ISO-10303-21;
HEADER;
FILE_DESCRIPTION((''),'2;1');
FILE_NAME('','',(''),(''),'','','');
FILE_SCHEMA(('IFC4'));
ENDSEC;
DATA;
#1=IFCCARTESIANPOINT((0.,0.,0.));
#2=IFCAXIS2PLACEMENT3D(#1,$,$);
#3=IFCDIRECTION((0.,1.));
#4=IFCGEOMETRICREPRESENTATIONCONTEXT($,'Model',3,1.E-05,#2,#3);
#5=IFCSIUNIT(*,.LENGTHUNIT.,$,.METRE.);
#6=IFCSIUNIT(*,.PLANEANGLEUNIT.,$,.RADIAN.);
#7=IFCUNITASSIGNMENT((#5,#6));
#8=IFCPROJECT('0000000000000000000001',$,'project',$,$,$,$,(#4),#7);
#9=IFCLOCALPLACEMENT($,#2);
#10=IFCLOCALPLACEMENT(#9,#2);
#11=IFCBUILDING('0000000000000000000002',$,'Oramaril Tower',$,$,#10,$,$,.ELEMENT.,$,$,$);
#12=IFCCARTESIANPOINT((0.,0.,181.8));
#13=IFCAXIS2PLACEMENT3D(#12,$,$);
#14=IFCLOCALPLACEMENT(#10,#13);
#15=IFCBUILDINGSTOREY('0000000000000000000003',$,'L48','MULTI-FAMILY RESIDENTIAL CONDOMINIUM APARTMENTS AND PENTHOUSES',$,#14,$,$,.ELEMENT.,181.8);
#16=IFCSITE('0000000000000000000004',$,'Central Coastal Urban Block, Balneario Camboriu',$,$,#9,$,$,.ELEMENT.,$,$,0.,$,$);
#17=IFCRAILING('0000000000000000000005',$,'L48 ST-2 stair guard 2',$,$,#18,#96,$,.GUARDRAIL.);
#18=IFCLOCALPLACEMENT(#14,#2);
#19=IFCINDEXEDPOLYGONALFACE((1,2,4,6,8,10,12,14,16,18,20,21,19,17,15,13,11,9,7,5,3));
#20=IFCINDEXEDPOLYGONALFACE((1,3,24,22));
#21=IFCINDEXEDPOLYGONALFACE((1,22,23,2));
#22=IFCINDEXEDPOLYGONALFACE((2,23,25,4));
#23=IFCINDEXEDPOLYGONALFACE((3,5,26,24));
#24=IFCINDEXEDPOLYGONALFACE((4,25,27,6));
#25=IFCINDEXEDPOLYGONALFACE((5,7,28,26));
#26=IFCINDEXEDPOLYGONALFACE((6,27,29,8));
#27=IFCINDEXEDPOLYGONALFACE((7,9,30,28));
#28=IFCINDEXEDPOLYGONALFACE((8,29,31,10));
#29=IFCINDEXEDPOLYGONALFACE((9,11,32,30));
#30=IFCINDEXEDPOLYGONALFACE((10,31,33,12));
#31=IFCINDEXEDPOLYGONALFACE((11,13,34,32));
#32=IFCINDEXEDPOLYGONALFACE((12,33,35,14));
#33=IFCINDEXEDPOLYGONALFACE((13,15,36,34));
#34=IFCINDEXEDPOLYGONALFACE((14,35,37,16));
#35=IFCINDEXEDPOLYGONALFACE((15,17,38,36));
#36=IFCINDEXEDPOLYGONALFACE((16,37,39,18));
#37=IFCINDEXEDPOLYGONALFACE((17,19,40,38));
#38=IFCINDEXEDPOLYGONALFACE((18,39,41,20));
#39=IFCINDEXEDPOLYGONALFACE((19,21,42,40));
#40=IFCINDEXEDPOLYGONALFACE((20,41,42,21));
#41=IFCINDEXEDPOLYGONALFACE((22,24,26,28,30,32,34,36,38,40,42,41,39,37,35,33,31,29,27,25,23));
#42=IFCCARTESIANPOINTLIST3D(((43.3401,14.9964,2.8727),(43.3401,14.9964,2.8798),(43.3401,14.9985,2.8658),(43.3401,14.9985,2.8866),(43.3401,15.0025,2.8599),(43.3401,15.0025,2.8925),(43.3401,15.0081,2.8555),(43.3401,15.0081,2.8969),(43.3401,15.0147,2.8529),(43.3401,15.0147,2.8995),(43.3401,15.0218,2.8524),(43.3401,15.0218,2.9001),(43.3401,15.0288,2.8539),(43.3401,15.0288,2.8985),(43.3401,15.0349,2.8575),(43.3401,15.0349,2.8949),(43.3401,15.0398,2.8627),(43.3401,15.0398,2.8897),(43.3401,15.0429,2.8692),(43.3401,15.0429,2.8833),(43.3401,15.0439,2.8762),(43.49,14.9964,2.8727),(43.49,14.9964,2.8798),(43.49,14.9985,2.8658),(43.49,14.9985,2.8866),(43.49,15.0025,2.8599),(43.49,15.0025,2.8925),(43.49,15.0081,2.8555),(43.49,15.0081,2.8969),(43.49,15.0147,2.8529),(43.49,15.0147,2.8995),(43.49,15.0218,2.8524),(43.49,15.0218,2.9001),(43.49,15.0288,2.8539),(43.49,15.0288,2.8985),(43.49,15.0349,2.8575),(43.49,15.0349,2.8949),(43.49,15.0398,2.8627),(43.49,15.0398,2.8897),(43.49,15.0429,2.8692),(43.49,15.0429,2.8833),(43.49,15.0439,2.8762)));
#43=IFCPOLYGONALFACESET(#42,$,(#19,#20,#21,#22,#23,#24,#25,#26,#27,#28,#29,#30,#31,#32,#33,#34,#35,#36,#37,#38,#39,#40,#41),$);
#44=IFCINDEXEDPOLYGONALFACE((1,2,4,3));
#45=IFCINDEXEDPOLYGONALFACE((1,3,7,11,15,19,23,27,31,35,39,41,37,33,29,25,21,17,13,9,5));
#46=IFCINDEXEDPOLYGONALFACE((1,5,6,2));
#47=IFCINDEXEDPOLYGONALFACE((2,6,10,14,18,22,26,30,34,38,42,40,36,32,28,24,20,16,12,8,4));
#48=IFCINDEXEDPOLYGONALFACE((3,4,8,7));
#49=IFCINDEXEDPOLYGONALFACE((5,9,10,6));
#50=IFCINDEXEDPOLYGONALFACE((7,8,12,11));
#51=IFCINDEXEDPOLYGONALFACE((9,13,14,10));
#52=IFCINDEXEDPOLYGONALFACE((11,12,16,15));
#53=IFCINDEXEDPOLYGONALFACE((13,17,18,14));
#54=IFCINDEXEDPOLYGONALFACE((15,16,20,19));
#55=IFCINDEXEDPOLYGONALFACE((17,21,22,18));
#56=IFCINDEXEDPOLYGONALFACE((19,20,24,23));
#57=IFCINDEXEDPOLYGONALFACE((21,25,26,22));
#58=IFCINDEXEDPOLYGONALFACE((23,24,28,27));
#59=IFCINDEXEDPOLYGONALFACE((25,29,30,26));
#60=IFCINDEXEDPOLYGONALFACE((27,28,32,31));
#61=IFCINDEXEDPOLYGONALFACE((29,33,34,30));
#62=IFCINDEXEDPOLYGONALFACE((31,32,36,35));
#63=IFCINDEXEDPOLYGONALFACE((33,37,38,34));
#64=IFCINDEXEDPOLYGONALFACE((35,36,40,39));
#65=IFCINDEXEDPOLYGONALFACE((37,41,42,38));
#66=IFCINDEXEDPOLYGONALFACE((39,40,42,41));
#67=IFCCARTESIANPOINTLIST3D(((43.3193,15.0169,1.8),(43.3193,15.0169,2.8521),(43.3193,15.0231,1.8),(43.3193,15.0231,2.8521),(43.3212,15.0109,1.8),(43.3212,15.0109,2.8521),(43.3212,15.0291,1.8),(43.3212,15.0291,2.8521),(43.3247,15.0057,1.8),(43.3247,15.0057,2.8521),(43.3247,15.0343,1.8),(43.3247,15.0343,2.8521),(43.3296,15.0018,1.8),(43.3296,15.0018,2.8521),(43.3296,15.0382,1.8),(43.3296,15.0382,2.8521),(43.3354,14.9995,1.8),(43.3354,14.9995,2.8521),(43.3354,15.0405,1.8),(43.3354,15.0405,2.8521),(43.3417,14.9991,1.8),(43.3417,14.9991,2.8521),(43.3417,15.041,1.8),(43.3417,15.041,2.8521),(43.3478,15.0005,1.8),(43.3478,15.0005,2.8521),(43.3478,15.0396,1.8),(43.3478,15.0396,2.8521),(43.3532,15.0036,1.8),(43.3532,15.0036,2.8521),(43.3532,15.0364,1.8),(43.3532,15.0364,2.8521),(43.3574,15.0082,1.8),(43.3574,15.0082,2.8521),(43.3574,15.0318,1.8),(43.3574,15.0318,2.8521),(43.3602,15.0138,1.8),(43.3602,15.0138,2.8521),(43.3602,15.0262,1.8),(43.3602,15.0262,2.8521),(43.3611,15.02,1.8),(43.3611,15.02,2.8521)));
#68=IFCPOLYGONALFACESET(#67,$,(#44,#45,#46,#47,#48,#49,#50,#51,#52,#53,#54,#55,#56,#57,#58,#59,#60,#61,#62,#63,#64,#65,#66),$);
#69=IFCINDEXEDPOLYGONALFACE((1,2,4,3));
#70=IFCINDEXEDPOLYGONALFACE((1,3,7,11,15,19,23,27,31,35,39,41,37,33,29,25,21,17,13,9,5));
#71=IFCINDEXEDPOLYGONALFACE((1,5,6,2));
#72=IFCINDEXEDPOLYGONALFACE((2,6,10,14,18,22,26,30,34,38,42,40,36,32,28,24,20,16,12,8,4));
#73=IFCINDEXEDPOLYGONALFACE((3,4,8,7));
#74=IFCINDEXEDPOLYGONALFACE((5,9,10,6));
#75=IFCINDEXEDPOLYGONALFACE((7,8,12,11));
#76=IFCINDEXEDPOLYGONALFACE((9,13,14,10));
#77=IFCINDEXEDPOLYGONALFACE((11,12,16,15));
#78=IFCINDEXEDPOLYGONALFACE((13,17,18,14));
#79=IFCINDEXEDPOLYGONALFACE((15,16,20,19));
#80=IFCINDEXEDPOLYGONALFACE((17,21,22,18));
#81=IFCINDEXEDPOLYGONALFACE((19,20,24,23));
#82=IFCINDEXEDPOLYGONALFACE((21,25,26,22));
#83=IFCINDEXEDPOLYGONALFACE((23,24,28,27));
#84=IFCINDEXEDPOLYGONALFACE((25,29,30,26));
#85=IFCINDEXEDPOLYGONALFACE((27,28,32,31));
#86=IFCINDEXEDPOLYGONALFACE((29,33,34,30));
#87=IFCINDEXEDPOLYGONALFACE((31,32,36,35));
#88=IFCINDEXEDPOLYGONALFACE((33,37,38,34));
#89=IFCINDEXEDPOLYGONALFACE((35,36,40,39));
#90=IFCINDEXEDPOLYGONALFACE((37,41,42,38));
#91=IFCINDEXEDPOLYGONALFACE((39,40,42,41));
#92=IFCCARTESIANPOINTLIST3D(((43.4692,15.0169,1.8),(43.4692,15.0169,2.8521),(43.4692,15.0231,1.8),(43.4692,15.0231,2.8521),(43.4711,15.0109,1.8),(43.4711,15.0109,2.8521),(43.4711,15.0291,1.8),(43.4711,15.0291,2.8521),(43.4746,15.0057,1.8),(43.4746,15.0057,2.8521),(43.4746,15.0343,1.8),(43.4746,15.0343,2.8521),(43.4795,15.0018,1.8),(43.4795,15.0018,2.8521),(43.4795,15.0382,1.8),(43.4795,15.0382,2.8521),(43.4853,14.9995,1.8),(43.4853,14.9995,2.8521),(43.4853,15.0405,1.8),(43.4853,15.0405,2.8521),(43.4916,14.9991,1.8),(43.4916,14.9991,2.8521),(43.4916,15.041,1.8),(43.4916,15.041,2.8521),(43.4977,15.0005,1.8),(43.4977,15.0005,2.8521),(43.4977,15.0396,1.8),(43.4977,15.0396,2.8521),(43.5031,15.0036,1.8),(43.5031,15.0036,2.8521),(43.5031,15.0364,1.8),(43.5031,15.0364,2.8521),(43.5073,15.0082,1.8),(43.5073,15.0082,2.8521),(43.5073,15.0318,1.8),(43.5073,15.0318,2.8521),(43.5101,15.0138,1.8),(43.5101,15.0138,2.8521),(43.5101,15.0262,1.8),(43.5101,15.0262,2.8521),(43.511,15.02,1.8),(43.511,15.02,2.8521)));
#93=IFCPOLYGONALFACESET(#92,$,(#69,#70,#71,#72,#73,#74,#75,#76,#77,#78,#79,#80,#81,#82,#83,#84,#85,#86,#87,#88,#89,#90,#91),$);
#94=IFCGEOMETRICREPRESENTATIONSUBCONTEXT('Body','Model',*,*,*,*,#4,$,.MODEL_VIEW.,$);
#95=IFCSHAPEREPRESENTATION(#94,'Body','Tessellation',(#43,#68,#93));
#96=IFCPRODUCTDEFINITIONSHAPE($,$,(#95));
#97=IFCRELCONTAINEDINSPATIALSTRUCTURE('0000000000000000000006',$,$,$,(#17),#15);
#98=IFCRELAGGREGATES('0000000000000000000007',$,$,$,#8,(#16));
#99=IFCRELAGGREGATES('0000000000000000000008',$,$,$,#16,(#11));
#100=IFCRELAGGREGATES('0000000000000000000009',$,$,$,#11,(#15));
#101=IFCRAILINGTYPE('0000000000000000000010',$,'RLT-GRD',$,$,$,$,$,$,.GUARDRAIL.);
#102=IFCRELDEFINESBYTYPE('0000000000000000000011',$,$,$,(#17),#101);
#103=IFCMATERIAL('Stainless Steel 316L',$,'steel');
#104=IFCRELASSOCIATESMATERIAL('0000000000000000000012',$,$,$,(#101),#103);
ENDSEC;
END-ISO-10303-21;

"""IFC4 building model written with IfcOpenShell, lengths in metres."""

from ifc_helpers import new_model, si_unit, direction, frame, origin, origin_2d, place, context, subcontext, project, spatial, circle, extrude, material, type_object, element, save


model = new_model("IFC4")

# Units and contexts
model_context = context("Model", 3, precision=1e-05, world=origin(), true_north=direction((0.0, 1.0)))
body_context = subcontext(model_context, "Body", "Model", "MODEL_VIEW")
ifc_project = project(units=[si_unit("LENGTHUNIT", "METRE"), si_unit("PLANEANGLEUNIT", "RADIAN")], contexts=[model_context])

# Site, building, storey
site_placement = place(None, origin())
site = spatial("IfcSite", under=ifc_project, at=site_placement, Name="Central Coastal Urban Block, Balneario Camboriu", CompositionType="ELEMENT", RefElevation=0.0)
building_placement = place(site_placement, origin())
building = spatial("IfcBuilding", under=site, at=building_placement, Name="Oramaril Tower", CompositionType="ELEMENT")
storey_placement = place(building_placement, frame((0.0, 0.0, 181.8)))
storey = spatial("IfcBuildingStorey", under=building, at=storey_placement, Name="L48", Description="MULTI-FAMILY RESIDENTIAL CONDOMINIUM APARTMENTS AND PENTHOUSES", CompositionType="ELEMENT", Elevation=181.8)

# Railing
ifc_material_1 = material(Name="Stainless Steel 316L", Category="steel")
railing_type_1 = type_object("IfcRailingType", Name="RLT-GRD", PredefinedType="GUARDRAIL", material=ifc_material_1)
railing_1_placement = place(storey_placement, frame((43.3401, 15.02, 1.8)))
element("IfcRailing", 1, at=railing_1_placement, inside=storey, type_object=railing_type_1, Name="L48 ST-2 stair guard 2", PredefinedType="GUARDRAIL", context=body_context, shape_type="SweptSolid", body=[
    extrude(circle(Radius=0.0239, at=origin_2d()), frame((0.0, 0.0, 1.0762), z_axis=(1.0, 0.0, 0.0), x_axis=(0.0, 1.0, 0.0)), (0.0, 0.0, 1.0), 0.1499),
    extrude(circle(Radius=0.021, at=origin_2d()), origin(), (0.0, 0.0, 1.0), 1.052),
    extrude(circle(Radius=0.021, at=origin_2d()), frame((0.1499, 0.0, 0.0)), (0.0, 0.0, 1.0), 1.052),
])

save(model, "model.ifc")
